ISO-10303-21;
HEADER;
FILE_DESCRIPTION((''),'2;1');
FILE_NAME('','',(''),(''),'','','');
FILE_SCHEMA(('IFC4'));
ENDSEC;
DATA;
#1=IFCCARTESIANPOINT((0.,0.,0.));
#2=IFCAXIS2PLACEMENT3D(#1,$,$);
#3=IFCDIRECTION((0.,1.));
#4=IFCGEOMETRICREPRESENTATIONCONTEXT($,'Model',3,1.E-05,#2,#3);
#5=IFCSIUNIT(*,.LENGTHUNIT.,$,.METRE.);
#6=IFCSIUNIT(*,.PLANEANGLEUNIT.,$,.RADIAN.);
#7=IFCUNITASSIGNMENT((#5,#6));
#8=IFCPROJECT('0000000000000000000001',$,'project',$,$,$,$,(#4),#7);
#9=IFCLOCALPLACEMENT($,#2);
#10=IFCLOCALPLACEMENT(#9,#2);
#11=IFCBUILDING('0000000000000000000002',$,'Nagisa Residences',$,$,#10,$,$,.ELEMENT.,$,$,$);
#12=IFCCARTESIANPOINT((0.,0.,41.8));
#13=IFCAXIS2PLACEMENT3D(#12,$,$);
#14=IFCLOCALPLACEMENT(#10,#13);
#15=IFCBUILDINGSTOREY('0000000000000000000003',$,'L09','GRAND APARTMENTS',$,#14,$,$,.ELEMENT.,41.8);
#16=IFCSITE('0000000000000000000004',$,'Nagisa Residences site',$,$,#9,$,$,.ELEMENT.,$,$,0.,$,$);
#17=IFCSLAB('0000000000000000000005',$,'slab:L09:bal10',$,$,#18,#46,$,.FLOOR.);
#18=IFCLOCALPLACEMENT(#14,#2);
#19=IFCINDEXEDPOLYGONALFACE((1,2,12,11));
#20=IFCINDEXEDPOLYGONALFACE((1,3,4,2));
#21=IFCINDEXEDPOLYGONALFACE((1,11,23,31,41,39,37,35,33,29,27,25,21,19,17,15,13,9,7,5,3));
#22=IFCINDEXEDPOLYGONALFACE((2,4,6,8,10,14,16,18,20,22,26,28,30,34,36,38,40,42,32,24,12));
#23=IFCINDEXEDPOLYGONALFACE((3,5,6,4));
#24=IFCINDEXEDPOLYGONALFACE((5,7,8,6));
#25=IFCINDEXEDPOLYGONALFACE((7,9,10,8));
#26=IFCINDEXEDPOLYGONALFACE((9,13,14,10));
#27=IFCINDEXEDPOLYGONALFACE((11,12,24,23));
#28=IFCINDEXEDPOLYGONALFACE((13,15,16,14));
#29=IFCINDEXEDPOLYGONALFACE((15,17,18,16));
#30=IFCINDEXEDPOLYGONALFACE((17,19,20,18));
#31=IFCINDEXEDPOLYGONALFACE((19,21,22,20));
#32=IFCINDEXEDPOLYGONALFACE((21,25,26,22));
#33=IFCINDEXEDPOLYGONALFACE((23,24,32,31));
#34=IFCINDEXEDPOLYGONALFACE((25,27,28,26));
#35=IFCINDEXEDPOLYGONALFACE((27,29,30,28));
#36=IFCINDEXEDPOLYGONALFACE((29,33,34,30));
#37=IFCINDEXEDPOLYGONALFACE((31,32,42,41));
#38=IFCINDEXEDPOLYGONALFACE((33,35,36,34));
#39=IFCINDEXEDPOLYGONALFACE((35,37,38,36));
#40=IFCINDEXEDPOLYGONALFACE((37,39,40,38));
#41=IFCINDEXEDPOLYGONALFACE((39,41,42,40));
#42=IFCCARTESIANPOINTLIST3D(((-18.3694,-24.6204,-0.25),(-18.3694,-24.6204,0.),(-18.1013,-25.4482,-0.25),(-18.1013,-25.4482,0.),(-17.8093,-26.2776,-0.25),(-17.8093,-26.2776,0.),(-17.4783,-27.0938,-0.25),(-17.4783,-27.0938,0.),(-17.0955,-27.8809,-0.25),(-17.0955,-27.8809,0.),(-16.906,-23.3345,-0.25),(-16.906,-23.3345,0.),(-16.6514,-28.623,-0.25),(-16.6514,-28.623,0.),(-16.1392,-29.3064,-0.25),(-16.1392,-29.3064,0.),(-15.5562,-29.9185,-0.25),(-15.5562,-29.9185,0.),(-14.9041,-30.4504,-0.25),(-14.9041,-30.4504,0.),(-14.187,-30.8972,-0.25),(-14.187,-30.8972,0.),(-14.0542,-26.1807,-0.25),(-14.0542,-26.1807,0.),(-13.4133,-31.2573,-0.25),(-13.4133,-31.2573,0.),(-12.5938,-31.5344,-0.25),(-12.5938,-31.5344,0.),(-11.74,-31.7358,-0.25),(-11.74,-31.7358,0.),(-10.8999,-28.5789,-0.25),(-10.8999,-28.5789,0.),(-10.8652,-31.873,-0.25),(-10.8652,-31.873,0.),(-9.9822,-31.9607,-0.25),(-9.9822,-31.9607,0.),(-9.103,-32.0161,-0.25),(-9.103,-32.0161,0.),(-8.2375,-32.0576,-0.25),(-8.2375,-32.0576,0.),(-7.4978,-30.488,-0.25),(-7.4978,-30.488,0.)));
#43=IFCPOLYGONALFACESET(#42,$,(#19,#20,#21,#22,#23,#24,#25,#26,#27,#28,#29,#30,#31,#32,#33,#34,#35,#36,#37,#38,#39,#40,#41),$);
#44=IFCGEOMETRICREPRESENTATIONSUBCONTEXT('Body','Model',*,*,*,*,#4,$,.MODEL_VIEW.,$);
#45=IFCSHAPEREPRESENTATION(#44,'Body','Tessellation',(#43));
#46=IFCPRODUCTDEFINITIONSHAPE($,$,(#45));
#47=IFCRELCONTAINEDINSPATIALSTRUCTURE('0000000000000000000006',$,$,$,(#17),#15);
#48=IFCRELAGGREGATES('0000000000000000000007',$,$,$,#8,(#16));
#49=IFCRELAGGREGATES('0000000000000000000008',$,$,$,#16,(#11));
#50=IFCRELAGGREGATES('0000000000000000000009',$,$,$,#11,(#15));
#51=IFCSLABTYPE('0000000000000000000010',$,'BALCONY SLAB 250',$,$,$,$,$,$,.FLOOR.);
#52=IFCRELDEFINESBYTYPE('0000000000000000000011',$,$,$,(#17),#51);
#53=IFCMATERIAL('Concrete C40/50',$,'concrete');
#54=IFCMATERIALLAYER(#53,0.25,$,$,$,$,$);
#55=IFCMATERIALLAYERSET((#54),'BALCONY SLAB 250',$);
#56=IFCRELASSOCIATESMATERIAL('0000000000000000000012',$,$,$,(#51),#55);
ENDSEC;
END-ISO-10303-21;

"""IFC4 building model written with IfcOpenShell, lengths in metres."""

from ifc_helpers import new_model, si_unit, direction, frame, origin, place, context, subcontext, project, spatial, polyline, outline, extrude, material, layer, layer_set, type_object, element, save


model = new_model("IFC4")

# Units and contexts
model_context = context("Model", 3, precision=1e-05, world=origin(), true_north=direction((0.0, 1.0)))
body_context = subcontext(model_context, "Body", "Model", "MODEL_VIEW")
ifc_project = project(units=[si_unit("LENGTHUNIT", "METRE"), si_unit("PLANEANGLEUNIT", "RADIAN")], contexts=[model_context])

# Site, building, storey
site_placement = place(None, origin())
site = spatial("IfcSite", under=ifc_project, at=site_placement, Name="Nagisa Residences site", CompositionType="ELEMENT", RefElevation=0.0)
building_placement = place(site_placement, origin())
building = spatial("IfcBuilding", under=site, at=building_placement, Name="Nagisa Residences", CompositionType="ELEMENT")
storey_placement = place(building_placement, frame((0.0, 0.0, 41.8)))
storey = spatial("IfcBuildingStorey", under=building, at=storey_placement, Name="L09", Description="GRAND APARTMENTS", CompositionType="ELEMENT", Elevation=41.8)

# Slab
ifc_material_1 = material(Name="Concrete C40/50", Category="concrete")
ifc_layer_1 = layer(ifc_material_1, 0.25)
ifc_layer_set_1 = layer_set([ifc_layer_1], Name="BALCONY SLAB 250")
slab_type_1 = type_object("IfcSlabType", Name="BALCONY SLAB 250", PredefinedType="FLOOR", material=ifc_layer_set_1)
slab_1_placement = place(storey_placement, frame((0.0, 0.0, -0.25)))
element("IfcSlab", 1, at=slab_1_placement, inside=storey, type_object=slab_type_1, Name="slab:L09:bal10", PredefinedType="FLOOR", context=body_context, shape_type="SweptSolid", body=[
    extrude(outline(polyline([(-18.3694, -24.6204), (-18.1013, -25.4482), (-17.8093, -26.2776), (-17.4783, -27.0938), (-17.0955, -27.8809), (-16.6514, -28.623), (-16.1392, -29.3064), (-15.5562, -29.9185), (-14.9041, -30.4504), (-14.187, -30.8972), (-13.4133, -31.2573), (-12.5938, -31.5344), (-11.74, -31.7358), (-10.8652, -31.873), (-9.9822, -31.9607), (-9.103, -32.0161), (-8.2375, -32.0576), (-7.4978, -30.488), (-10.8999, -28.5789), (-14.0542, -26.1807), (-16.906, -23.3345), (-18.3694, -24.6204)])), origin(), (0.0, 0.0, 1.0), 0.25),
])

save(model, "model.ifc")
